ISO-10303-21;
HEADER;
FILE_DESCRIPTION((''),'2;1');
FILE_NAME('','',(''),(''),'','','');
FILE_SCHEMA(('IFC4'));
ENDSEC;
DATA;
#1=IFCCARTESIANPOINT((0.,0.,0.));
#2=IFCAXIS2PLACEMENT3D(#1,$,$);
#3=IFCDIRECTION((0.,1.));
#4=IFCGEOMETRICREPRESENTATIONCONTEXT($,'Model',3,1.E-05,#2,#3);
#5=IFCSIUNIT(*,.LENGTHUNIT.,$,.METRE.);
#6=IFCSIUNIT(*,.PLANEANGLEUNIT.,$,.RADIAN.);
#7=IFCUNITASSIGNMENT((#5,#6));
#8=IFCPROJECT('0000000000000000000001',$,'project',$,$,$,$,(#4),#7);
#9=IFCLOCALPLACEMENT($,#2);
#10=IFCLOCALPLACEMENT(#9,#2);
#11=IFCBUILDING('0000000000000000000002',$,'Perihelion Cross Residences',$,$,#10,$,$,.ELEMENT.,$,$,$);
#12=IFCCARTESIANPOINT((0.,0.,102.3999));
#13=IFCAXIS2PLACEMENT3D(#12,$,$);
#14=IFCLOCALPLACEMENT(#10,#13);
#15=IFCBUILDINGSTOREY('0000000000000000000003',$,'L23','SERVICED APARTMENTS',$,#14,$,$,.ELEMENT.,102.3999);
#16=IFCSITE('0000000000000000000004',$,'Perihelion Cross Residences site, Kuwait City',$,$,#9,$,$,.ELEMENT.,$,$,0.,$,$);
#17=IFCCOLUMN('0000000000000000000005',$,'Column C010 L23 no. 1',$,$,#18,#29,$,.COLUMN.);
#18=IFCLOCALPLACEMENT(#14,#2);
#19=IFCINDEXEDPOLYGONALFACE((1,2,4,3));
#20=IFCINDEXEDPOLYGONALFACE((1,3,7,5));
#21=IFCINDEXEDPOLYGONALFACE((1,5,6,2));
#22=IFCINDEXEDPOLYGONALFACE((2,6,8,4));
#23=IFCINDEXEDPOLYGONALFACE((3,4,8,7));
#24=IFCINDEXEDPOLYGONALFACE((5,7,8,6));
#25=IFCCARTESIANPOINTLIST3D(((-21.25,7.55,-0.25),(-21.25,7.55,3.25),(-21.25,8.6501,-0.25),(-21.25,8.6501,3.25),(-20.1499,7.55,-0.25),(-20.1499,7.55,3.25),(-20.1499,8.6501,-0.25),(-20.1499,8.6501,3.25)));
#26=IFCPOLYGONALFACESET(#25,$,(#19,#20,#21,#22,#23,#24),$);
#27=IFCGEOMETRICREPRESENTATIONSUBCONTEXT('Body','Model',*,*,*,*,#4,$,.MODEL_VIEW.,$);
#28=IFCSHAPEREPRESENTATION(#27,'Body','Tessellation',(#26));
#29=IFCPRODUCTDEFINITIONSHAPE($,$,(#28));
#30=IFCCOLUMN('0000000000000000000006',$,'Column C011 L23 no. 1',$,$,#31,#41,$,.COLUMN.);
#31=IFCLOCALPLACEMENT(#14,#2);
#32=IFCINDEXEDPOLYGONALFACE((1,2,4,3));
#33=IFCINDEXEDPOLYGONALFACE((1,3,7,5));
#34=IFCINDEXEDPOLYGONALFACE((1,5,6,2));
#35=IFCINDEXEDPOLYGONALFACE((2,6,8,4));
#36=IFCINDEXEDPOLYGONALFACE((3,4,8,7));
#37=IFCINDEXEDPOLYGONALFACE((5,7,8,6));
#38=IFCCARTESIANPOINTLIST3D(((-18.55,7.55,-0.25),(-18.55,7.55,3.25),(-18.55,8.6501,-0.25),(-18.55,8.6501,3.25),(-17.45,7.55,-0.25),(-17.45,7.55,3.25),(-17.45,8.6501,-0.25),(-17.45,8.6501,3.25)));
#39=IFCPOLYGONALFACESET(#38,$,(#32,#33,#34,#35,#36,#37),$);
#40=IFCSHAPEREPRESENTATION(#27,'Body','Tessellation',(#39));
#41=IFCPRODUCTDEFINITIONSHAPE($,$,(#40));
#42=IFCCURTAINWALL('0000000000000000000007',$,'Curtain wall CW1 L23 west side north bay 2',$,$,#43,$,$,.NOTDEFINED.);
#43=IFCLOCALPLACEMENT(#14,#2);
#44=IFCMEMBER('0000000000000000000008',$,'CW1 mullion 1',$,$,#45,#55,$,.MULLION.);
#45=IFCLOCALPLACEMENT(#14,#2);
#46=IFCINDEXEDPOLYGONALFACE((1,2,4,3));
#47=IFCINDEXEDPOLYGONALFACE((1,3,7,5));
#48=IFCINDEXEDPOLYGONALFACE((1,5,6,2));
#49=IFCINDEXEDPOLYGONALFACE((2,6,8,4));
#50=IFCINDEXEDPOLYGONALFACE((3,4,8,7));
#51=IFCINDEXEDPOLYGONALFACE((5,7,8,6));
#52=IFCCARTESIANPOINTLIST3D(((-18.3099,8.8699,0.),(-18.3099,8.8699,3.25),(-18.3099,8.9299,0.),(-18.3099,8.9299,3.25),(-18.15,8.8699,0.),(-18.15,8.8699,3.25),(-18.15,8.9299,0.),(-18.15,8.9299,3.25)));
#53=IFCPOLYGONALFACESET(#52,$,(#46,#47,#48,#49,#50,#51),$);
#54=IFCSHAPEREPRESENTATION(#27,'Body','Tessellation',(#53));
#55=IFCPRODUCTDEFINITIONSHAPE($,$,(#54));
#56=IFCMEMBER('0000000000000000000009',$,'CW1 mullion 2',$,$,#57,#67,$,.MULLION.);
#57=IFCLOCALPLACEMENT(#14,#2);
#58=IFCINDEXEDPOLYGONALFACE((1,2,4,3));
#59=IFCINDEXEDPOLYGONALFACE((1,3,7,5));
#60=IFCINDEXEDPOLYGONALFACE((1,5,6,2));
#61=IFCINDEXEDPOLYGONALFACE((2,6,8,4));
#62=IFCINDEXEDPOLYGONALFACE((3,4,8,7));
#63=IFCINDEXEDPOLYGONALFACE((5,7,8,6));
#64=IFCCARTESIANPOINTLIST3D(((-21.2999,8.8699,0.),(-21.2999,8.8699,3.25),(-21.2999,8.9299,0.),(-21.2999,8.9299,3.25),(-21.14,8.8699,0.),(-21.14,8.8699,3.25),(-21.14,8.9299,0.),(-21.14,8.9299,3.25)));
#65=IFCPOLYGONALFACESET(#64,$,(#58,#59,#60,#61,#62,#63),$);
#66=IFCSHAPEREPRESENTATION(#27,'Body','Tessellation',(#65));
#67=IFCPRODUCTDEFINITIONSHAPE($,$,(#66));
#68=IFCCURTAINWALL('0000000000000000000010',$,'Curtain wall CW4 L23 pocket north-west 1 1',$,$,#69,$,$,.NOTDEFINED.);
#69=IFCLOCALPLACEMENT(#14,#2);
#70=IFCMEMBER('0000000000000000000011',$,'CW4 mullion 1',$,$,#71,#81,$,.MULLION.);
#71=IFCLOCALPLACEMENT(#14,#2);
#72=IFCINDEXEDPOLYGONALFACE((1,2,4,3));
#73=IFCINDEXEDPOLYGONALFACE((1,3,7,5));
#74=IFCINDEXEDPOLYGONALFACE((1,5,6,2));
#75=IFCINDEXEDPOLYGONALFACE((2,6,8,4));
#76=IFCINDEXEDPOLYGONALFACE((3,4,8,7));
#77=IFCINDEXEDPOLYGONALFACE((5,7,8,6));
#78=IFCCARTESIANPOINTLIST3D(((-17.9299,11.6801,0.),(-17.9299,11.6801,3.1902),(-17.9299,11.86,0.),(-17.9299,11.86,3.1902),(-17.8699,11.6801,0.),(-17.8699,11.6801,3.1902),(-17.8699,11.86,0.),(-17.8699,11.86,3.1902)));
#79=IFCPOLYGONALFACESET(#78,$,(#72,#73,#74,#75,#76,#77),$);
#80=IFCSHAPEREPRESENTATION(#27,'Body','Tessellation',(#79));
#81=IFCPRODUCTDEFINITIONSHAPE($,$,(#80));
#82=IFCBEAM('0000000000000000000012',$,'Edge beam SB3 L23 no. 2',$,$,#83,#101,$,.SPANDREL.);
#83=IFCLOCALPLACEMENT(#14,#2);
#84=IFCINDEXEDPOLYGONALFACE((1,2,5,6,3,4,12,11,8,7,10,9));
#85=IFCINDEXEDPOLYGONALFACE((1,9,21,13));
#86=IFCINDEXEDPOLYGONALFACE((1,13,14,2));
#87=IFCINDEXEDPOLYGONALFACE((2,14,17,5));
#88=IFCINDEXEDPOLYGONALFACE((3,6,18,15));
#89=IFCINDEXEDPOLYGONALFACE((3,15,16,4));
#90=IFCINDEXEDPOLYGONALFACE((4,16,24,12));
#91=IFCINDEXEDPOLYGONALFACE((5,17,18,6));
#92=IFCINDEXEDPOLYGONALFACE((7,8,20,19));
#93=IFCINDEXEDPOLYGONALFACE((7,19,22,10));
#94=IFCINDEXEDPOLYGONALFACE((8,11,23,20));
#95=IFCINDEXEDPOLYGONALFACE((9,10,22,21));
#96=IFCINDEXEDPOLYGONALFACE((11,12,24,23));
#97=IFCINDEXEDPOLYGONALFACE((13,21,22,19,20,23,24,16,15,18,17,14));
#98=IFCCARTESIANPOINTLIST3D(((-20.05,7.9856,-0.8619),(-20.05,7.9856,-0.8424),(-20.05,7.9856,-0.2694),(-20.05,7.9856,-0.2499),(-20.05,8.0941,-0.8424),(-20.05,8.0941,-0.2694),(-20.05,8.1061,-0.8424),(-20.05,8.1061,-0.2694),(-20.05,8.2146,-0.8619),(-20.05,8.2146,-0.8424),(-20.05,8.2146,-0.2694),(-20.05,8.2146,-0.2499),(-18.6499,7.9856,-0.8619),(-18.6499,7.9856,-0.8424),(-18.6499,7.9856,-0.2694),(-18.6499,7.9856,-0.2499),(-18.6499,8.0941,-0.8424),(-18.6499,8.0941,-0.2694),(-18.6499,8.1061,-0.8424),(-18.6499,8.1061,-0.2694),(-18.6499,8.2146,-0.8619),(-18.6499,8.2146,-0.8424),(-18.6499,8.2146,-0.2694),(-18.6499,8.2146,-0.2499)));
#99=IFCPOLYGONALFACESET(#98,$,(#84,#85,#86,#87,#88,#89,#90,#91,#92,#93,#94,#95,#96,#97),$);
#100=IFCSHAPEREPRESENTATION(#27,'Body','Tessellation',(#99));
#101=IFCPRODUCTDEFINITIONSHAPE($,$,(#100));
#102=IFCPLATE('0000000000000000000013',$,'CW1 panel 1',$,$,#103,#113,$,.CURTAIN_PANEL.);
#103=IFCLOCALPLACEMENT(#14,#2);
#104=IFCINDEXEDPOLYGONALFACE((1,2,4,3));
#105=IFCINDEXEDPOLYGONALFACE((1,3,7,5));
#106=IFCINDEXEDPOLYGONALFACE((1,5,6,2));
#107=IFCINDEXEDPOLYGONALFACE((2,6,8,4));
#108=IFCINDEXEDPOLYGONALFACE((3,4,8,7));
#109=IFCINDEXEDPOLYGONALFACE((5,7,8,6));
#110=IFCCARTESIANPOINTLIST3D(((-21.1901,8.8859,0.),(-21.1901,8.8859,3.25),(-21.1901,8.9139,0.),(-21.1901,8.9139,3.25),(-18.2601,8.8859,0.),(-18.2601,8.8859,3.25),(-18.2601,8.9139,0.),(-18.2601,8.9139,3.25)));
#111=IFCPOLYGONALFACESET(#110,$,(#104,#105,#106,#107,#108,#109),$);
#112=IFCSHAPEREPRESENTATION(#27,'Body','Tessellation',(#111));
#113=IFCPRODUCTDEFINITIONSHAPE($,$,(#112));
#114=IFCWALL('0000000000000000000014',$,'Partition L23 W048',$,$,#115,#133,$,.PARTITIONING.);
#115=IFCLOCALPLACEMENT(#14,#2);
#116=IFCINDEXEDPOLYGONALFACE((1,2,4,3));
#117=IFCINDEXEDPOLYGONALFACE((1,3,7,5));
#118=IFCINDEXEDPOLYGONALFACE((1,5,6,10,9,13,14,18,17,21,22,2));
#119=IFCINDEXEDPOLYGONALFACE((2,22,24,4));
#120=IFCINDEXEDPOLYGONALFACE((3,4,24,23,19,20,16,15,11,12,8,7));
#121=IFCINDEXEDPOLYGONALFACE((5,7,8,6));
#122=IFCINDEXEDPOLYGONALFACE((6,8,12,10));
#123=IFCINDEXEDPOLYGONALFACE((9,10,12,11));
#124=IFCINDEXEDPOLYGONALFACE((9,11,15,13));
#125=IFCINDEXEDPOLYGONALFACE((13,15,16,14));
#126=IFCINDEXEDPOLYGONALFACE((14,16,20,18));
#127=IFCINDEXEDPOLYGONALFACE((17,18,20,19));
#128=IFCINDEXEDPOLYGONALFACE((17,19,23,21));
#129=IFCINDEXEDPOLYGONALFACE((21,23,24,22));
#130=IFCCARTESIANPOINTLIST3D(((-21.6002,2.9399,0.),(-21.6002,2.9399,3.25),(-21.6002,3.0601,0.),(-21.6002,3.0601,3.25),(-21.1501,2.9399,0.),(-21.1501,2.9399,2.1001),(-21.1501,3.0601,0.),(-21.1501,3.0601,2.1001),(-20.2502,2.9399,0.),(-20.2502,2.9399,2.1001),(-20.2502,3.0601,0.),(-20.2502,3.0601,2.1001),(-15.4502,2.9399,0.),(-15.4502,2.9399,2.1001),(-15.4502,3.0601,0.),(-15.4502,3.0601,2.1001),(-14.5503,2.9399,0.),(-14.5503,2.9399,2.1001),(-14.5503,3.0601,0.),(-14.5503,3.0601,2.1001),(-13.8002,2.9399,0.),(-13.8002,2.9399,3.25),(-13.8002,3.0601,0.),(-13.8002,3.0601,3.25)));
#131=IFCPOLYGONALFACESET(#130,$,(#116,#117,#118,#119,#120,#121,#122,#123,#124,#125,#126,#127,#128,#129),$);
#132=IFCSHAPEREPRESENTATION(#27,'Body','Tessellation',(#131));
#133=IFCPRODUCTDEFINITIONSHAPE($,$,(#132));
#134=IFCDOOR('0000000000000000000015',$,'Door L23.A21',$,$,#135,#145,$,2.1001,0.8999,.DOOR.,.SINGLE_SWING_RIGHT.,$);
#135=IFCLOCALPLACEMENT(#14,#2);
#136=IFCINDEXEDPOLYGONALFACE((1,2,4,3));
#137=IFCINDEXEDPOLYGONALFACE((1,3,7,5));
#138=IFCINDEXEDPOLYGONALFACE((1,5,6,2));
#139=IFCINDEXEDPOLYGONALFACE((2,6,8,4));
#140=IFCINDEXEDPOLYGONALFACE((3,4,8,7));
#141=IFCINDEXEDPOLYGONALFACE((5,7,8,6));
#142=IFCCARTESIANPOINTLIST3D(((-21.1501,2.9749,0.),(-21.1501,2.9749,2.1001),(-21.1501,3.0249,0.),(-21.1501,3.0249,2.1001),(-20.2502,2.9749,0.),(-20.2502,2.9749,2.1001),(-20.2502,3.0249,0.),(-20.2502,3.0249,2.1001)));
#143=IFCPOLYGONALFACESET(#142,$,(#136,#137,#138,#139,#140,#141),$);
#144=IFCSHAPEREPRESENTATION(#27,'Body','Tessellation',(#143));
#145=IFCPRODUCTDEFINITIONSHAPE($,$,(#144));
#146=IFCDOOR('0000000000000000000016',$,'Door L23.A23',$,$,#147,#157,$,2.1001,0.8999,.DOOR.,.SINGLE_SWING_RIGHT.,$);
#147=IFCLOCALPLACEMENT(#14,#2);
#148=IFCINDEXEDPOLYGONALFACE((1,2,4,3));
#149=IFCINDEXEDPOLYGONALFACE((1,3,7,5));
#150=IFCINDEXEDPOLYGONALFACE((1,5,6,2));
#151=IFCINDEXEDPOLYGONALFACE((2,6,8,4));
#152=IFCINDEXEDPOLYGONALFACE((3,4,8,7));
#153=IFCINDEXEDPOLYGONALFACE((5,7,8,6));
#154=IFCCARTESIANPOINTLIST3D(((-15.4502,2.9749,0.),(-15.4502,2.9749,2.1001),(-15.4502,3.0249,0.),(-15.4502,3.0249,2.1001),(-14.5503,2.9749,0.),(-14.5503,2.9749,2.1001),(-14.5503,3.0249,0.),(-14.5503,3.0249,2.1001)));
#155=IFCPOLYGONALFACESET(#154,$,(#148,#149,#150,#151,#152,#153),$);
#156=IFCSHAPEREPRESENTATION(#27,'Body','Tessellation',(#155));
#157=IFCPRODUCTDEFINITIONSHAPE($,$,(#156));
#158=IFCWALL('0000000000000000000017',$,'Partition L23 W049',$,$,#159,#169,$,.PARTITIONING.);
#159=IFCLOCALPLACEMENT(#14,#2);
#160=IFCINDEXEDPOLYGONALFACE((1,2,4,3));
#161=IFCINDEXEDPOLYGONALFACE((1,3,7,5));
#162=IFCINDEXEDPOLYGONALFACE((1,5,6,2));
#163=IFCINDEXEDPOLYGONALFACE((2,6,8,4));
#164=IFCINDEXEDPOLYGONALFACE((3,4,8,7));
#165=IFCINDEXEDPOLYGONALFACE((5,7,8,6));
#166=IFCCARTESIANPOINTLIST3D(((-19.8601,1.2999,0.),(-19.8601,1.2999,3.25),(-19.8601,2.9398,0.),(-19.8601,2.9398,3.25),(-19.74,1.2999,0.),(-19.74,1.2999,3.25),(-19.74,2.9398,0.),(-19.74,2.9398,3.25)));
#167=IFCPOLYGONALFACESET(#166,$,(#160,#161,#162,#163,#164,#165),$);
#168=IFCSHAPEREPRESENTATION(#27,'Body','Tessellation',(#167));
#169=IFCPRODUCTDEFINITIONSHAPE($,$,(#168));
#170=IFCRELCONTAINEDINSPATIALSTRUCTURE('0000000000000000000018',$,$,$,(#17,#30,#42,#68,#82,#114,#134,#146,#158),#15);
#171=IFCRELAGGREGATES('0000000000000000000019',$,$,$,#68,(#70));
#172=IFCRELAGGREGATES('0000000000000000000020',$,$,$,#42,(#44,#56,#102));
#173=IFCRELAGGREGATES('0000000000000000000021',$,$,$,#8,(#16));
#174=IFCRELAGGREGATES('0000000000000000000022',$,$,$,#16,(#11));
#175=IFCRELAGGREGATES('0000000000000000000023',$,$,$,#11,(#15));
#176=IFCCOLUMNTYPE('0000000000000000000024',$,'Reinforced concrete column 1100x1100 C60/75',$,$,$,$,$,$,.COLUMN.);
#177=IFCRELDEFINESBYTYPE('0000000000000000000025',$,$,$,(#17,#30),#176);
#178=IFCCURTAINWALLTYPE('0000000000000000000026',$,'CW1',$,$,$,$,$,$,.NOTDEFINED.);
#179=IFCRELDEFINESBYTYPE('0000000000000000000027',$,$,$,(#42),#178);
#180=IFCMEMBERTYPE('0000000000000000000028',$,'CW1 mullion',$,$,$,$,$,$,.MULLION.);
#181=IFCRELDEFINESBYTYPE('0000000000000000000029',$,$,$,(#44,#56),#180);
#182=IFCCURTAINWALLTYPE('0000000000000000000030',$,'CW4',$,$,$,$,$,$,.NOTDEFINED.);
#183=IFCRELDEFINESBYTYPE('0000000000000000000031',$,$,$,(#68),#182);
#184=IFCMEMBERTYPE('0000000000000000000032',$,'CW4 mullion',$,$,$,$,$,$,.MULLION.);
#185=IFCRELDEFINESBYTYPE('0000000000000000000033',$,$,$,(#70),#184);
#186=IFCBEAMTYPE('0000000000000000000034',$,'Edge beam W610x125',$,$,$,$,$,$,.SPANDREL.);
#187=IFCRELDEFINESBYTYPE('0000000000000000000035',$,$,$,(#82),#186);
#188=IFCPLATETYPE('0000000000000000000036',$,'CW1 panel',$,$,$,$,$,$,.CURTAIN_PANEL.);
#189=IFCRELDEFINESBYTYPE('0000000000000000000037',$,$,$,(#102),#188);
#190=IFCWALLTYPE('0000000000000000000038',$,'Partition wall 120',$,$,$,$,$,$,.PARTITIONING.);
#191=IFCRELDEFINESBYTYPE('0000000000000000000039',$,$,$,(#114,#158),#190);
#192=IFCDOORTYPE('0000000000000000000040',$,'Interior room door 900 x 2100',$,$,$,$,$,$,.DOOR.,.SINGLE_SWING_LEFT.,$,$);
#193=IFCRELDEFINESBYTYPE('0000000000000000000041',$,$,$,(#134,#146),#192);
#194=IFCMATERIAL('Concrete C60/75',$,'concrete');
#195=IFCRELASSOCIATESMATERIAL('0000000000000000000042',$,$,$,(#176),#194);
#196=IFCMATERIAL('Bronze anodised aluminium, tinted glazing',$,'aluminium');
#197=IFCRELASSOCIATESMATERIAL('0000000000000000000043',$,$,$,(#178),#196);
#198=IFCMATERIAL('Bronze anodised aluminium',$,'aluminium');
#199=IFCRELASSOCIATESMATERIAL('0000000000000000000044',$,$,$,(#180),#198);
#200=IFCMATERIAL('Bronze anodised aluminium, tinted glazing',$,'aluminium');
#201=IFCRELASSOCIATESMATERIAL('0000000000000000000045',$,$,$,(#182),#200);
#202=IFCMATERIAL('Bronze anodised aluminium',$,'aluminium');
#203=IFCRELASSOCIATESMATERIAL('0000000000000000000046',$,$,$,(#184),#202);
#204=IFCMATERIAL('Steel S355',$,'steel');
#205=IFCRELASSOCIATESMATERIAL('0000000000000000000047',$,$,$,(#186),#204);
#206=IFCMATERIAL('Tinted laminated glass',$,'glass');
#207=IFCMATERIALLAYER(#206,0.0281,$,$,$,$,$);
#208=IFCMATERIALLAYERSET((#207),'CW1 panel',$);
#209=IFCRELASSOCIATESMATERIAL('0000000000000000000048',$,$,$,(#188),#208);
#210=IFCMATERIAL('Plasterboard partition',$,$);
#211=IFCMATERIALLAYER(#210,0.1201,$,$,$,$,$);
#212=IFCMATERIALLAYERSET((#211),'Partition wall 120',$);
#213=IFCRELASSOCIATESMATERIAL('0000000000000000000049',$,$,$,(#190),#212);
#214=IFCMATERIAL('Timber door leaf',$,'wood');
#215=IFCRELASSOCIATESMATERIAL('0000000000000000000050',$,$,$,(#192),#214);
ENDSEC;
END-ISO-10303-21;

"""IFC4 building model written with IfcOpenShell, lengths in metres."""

from ifc_helpers import new_model, si_unit, direction, frame, frame_2d, origin, origin_2d, place, context, subcontext, project, spatial, rectangle, i_section, extrude, material, layer, layer_set, material_profile, profile_set, type_object, element, fill, aggregate, save


model = new_model("IFC4")

# Units and contexts
model_context = context("Model", 3, precision=1e-05, world=origin(), true_north=direction((0.0, 1.0)))
body_context = subcontext(model_context, "Body", "Model", "MODEL_VIEW")
ifc_project = project(units=[si_unit("LENGTHUNIT", "METRE"), si_unit("PLANEANGLEUNIT", "RADIAN")], contexts=[model_context])

# Site, building, storey
site_placement = place(None, origin())
site = spatial("IfcSite", under=ifc_project, at=site_placement, Name="Perihelion Cross Residences site, Kuwait City", CompositionType="ELEMENT", RefElevation=0.0)
building_placement = place(site_placement, origin())
building = spatial("IfcBuilding", under=site, at=building_placement, Name="Perihelion Cross Residences", CompositionType="ELEMENT")
storey_placement = place(building_placement, frame((0.0, 0.0, 102.3999)))
storey = spatial("IfcBuildingStorey", under=building, at=storey_placement, Name="L23", Description="SERVICED APARTMENTS", CompositionType="ELEMENT", Elevation=102.3999)

# Columns
ifc_material_1 = material(Name="Concrete C60/75", Category="concrete")
ifc_material_profile_1 = material_profile(ifc_material_1, rectangle(XDim=1.1001, YDim=1.1001, at=origin_2d()), Name="RC 1100x1100")
ifc_profile_set_1 = profile_set([ifc_material_profile_1], Name="Concrete C60/75")
column_type = type_object("IfcColumnType", Name="Reinforced concrete column 1100x1100 C60/75", PredefinedType="COLUMN", material=ifc_profile_set_1)
for number, where, z_axis, x_axis, name in (
    (1, (-20.7, 8.1001, -0.25), (0.0, 0.0, 1.0), (1.0, 0.0, 0.0), "Column C010 L23 no. 1"),
    (2, (-18.0, 8.1001, -0.25), (0.0, 0.0, 1.0), (1.0, 0.0, 0.0), "Column C011 L23 no. 1"),
):
    element("IfcColumn", number, at=place(storey_placement, frame(where, z_axis=z_axis, x_axis=x_axis)), inside=storey, type_object=column_type, Name=name, PredefinedType="COLUMN", context=body_context, shape_type="SweptSolid", body=[
        extrude(rectangle(XDim=1.1001, YDim=1.1001, at=origin_2d()), origin(), (0.0, 0.0, 1.0), 3.5),
    ])

# Curtain wall, members
ifc_material_2 = material(Name="Bronze anodised aluminium, tinted glazing", Category="aluminium")
curtain_wall_type_1 = type_object("IfcCurtainWallType", Name="CW1", PredefinedType="NOTDEFINED", material=ifc_material_2)
curtain_wall_1_placement = place(storey_placement, origin())
curtain_wall_1 = element("IfcCurtainWall", 3, at=curtain_wall_1_placement, inside=storey, type_object=curtain_wall_type_1, Name="Curtain wall CW1 L23 west side north bay 2", PredefinedType="NOTDEFINED")
ifc_material_3 = material(Name="Bronze anodised aluminium", Category="aluminium")
ifc_material_profile_2 = material_profile(ifc_material_3, rectangle(XDim=0.0601, YDim=0.1599, at=origin_2d()), Name="CW1 mullion")
ifc_profile_set_2 = profile_set([ifc_material_profile_2], Name="Bronze anodised aluminium")
member_type_1 = type_object("IfcMemberType", Name="CW1 mullion", PredefinedType="MULLION", material=ifc_profile_set_2)
member_1_placement = place(storey_placement, frame((-18.23, 8.8999, 0.0), z_axis=(0.0, 0.0, 1.0), x_axis=(0.0, -1.0, 0.0)))
member_1 = element("IfcMember", 4, at=member_1_placement, type_object=member_type_1, Name="CW1 mullion 1", PredefinedType="MULLION", context=body_context, shape_type="SweptSolid", body=[
    extrude(rectangle(XDim=0.0601, YDim=0.1599, at=origin_2d()), origin(), (0.0, 0.0, 1.0), 3.25),
])
member_2_placement = place(storey_placement, frame((-21.22, 8.8999, 0.0), z_axis=(0.0, 0.0, 1.0), x_axis=(0.0, -1.0, 0.0)))
member_2 = element("IfcMember", 5, at=member_2_placement, type_object=member_type_1, Name="CW1 mullion 2", PredefinedType="MULLION", context=body_context, shape_type="SweptSolid", body=[
    extrude(rectangle(XDim=0.0601, YDim=0.1599, at=origin_2d()), origin(), (0.0, 0.0, 1.0), 3.25),
])

# Curtain wall, member
ifc_material_4 = material(Name="Bronze anodised aluminium, tinted glazing", Category="aluminium")
curtain_wall_type_2 = type_object("IfcCurtainWallType", Name="CW4", PredefinedType="NOTDEFINED", material=ifc_material_4)
curtain_wall_2_placement = place(storey_placement, origin())
curtain_wall_2 = element("IfcCurtainWall", 6, at=curtain_wall_2_placement, inside=storey, type_object=curtain_wall_type_2, Name="Curtain wall CW4 L23 pocket north-west 1 1", PredefinedType="NOTDEFINED")
ifc_material_5 = material(Name="Bronze anodised aluminium", Category="aluminium")
ifc_material_profile_3 = material_profile(ifc_material_5, rectangle(XDim=0.0601, YDim=0.1799, at=origin_2d()), Name="CW4 mullion")
ifc_profile_set_3 = profile_set([ifc_material_profile_3], Name="Bronze anodised aluminium")
member_type_2 = type_object("IfcMemberType", Name="CW4 mullion", PredefinedType="MULLION", material=ifc_profile_set_3)
member_3_placement = place(storey_placement, frame((-17.8999, 11.77, 0.0), z_axis=(0.0, 0.0, 1.0), x_axis=(-1.0, 0.0, 0.0)))
member_3 = element("IfcMember", 7, at=member_3_placement, type_object=member_type_2, Name="CW4 mullion 1", PredefinedType="MULLION", context=body_context, shape_type="SweptSolid", body=[
    extrude(rectangle(XDim=0.0601, YDim=0.1799, at=origin_2d()), origin(), (0.0, 0.0, 1.0), 3.1902),
])
aggregate(curtain_wall_2, [member_3])

# Beam
ifc_material_6 = material(Name="Steel S355", Category="steel")
ifc_material_profile_4 = material_profile(ifc_material_6, i_section(OverallWidth=0.229, OverallDepth=0.6121, WebThickness=0.012, FlangeThickness=0.0195, at=origin_2d()), Name="W610x125")
ifc_profile_set_4 = profile_set([ifc_material_profile_4], Name="Steel S355")
beam_type = type_object("IfcBeamType", Name="Edge beam W610x125", PredefinedType="SPANDREL", material=ifc_profile_set_4)
beam_placement = place(storey_placement, frame((-18.6499, 8.1001, -0.5559), z_axis=(-1.0, 0.0, 0.0), x_axis=(0.0, -1.0, 0.0)))
element("IfcBeam", 8, at=beam_placement, inside=storey, type_object=beam_type, Name="Edge beam SB3 L23 no. 2", PredefinedType="SPANDREL", context=body_context, shape_type="SweptSolid", body=[
    extrude(i_section(OverallWidth=0.229, OverallDepth=0.6121, WebThickness=0.012, FlangeThickness=0.0195, at=origin_2d()), origin(), (0.0, 0.0, 1.0), 1.4001),
])

# Plate
ifc_material_7 = material(Name="Tinted laminated glass", Category="glass")
ifc_layer_1 = layer(ifc_material_7, 0.0281)
ifc_layer_set_1 = layer_set([ifc_layer_1], Name="CW1 panel")
plate_type = type_object("IfcPlateType", Name="CW1 panel", PredefinedType="CURTAIN_PANEL", material=ifc_layer_set_1)
plate_placement = place(storey_placement, frame((-19.7251, 8.8999, 0.0), z_axis=(0.0, 0.0, 1.0), x_axis=(-1.0, 0.0, 0.0)))
plate = element("IfcPlate", 9, at=plate_placement, type_object=plate_type, Name="CW1 panel 1", PredefinedType="CURTAIN_PANEL", context=body_context, shape_type="SweptSolid", body=[
    extrude(rectangle(XDim=2.9299, YDim=0.0281, at=origin_2d()), origin(), (0.0, 0.0, 1.0), 3.25),
])
aggregate(curtain_wall_1, [member_1, member_2, plate])

# Wall, openings, doors
ifc_material_8 = material(Name="Plasterboard partition")
ifc_layer_2 = layer(ifc_material_8, 0.1201)
ifc_layer_set_2 = layer_set([ifc_layer_2], Name="Partition wall 120")
wall_type_1 = type_object("IfcWallType", Name="Partition wall 120", PredefinedType="PARTITIONING", material=ifc_layer_set_2)
wall_1_placement = place(storey_placement, frame((-21.6001, 3.0, 0.0), z_axis=(0.0, 0.0, 1.0), x_axis=(1.0, 0.0, 0.0)))
wall_1 = element("IfcWall", 10, at=wall_1_placement, inside=storey, type_object=wall_type_1, Name="Partition L23 W048", PredefinedType="PARTITIONING", context=body_context, shape_type="SweptSolid", body=[
    extrude(rectangle(XDim=7.8, YDim=0.1201, at=frame_2d((3.8999, 0.0))), origin(), (0.0, 0.0, 1.0), 3.25),
])
opening_1_placement = place(wall_1_placement, frame((0.45, 0.0, 0.0)))
opening_1 = element("IfcOpeningElement", 11, at=opening_1_placement, cuts=wall_1, PredefinedType="OPENING", context=body_context, shape_type="SweptSolid", body=[
    extrude(rectangle(XDim=0.8999, YDim=2.1001, at=frame_2d((0.45, 1.05))), frame((0.0, 0.0701, 0.0), z_axis=(0.0, -1.0, 0.0), x_axis=(1.0, 0.0, 0.0)), (0.0, 0.0, 1.0), 0.1401),
])
opening_2_placement = place(wall_1_placement, frame((6.1499, 0.0, 0.0)))
opening_2 = element("IfcOpeningElement", 12, at=opening_2_placement, cuts=wall_1, PredefinedType="OPENING", context=body_context, shape_type="SweptSolid", body=[
    extrude(rectangle(XDim=0.8999, YDim=2.1001, at=frame_2d((0.45, 1.05))), frame((0.0, 0.0701, 0.0), z_axis=(0.0, -1.0, 0.0), x_axis=(1.0, 0.0, 0.0)), (0.0, 0.0, 1.0), 0.1401),
])
ifc_material_9 = material(Name="Timber door leaf", Category="wood")
door_type = type_object("IfcDoorType", Name="Interior room door 900 x 2100", OperationType="SINGLE_SWING_LEFT", PredefinedType="DOOR", material=ifc_material_9)
door_1_placement = place(opening_1_placement, origin())
door_1 = element("IfcDoor", 13, at=door_1_placement, inside=storey, type_object=door_type, Name="Door L23.A21", OperationType="SINGLE_SWING_RIGHT", OverallHeight=2.1001, OverallWidth=0.8999, PredefinedType="DOOR", context=body_context, shape_type="SweptSolid", body=[
    extrude(rectangle(XDim=0.8999, YDim=2.1001, at=frame_2d((0.45, 1.05))), frame((0.0, 0.0249, 0.0), z_axis=(0.0, -1.0, 0.0), x_axis=(1.0, 0.0, 0.0)), (0.0, 0.0, 1.0), 0.05),
])
fill(opening_1, door_1)
door_2_placement = place(opening_2_placement, origin())
door_2 = element("IfcDoor", 14, at=door_2_placement, inside=storey, type_object=door_type, Name="Door L23.A23", OperationType="SINGLE_SWING_RIGHT", OverallHeight=2.1001, OverallWidth=0.8999, PredefinedType="DOOR", context=body_context, shape_type="SweptSolid", body=[
    extrude(rectangle(XDim=0.8999, YDim=2.1001, at=frame_2d((0.45, 1.05))), frame((0.0, 0.0249, 0.0), z_axis=(0.0, -1.0, 0.0), x_axis=(1.0, 0.0, 0.0)), (0.0, 0.0, 1.0), 0.05),
])
fill(opening_2, door_2)

# Wall
wall_2_placement = place(storey_placement, frame((-19.8, 1.3, 0.0), z_axis=(0.0, 0.0, 1.0), x_axis=(0.0, 1.0, 0.0)))
element("IfcWall", 15, at=wall_2_placement, inside=storey, type_object=wall_type_1, Name="Partition L23 W049", PredefinedType="PARTITIONING", context=body_context, shape_type="SweptSolid", body=[
    extrude(rectangle(XDim=1.6399, YDim=0.1201, at=frame_2d((0.8198, 0.0))), origin(), (0.0, 0.0, 1.0), 3.25),
])

save(model, "model.ifc")
